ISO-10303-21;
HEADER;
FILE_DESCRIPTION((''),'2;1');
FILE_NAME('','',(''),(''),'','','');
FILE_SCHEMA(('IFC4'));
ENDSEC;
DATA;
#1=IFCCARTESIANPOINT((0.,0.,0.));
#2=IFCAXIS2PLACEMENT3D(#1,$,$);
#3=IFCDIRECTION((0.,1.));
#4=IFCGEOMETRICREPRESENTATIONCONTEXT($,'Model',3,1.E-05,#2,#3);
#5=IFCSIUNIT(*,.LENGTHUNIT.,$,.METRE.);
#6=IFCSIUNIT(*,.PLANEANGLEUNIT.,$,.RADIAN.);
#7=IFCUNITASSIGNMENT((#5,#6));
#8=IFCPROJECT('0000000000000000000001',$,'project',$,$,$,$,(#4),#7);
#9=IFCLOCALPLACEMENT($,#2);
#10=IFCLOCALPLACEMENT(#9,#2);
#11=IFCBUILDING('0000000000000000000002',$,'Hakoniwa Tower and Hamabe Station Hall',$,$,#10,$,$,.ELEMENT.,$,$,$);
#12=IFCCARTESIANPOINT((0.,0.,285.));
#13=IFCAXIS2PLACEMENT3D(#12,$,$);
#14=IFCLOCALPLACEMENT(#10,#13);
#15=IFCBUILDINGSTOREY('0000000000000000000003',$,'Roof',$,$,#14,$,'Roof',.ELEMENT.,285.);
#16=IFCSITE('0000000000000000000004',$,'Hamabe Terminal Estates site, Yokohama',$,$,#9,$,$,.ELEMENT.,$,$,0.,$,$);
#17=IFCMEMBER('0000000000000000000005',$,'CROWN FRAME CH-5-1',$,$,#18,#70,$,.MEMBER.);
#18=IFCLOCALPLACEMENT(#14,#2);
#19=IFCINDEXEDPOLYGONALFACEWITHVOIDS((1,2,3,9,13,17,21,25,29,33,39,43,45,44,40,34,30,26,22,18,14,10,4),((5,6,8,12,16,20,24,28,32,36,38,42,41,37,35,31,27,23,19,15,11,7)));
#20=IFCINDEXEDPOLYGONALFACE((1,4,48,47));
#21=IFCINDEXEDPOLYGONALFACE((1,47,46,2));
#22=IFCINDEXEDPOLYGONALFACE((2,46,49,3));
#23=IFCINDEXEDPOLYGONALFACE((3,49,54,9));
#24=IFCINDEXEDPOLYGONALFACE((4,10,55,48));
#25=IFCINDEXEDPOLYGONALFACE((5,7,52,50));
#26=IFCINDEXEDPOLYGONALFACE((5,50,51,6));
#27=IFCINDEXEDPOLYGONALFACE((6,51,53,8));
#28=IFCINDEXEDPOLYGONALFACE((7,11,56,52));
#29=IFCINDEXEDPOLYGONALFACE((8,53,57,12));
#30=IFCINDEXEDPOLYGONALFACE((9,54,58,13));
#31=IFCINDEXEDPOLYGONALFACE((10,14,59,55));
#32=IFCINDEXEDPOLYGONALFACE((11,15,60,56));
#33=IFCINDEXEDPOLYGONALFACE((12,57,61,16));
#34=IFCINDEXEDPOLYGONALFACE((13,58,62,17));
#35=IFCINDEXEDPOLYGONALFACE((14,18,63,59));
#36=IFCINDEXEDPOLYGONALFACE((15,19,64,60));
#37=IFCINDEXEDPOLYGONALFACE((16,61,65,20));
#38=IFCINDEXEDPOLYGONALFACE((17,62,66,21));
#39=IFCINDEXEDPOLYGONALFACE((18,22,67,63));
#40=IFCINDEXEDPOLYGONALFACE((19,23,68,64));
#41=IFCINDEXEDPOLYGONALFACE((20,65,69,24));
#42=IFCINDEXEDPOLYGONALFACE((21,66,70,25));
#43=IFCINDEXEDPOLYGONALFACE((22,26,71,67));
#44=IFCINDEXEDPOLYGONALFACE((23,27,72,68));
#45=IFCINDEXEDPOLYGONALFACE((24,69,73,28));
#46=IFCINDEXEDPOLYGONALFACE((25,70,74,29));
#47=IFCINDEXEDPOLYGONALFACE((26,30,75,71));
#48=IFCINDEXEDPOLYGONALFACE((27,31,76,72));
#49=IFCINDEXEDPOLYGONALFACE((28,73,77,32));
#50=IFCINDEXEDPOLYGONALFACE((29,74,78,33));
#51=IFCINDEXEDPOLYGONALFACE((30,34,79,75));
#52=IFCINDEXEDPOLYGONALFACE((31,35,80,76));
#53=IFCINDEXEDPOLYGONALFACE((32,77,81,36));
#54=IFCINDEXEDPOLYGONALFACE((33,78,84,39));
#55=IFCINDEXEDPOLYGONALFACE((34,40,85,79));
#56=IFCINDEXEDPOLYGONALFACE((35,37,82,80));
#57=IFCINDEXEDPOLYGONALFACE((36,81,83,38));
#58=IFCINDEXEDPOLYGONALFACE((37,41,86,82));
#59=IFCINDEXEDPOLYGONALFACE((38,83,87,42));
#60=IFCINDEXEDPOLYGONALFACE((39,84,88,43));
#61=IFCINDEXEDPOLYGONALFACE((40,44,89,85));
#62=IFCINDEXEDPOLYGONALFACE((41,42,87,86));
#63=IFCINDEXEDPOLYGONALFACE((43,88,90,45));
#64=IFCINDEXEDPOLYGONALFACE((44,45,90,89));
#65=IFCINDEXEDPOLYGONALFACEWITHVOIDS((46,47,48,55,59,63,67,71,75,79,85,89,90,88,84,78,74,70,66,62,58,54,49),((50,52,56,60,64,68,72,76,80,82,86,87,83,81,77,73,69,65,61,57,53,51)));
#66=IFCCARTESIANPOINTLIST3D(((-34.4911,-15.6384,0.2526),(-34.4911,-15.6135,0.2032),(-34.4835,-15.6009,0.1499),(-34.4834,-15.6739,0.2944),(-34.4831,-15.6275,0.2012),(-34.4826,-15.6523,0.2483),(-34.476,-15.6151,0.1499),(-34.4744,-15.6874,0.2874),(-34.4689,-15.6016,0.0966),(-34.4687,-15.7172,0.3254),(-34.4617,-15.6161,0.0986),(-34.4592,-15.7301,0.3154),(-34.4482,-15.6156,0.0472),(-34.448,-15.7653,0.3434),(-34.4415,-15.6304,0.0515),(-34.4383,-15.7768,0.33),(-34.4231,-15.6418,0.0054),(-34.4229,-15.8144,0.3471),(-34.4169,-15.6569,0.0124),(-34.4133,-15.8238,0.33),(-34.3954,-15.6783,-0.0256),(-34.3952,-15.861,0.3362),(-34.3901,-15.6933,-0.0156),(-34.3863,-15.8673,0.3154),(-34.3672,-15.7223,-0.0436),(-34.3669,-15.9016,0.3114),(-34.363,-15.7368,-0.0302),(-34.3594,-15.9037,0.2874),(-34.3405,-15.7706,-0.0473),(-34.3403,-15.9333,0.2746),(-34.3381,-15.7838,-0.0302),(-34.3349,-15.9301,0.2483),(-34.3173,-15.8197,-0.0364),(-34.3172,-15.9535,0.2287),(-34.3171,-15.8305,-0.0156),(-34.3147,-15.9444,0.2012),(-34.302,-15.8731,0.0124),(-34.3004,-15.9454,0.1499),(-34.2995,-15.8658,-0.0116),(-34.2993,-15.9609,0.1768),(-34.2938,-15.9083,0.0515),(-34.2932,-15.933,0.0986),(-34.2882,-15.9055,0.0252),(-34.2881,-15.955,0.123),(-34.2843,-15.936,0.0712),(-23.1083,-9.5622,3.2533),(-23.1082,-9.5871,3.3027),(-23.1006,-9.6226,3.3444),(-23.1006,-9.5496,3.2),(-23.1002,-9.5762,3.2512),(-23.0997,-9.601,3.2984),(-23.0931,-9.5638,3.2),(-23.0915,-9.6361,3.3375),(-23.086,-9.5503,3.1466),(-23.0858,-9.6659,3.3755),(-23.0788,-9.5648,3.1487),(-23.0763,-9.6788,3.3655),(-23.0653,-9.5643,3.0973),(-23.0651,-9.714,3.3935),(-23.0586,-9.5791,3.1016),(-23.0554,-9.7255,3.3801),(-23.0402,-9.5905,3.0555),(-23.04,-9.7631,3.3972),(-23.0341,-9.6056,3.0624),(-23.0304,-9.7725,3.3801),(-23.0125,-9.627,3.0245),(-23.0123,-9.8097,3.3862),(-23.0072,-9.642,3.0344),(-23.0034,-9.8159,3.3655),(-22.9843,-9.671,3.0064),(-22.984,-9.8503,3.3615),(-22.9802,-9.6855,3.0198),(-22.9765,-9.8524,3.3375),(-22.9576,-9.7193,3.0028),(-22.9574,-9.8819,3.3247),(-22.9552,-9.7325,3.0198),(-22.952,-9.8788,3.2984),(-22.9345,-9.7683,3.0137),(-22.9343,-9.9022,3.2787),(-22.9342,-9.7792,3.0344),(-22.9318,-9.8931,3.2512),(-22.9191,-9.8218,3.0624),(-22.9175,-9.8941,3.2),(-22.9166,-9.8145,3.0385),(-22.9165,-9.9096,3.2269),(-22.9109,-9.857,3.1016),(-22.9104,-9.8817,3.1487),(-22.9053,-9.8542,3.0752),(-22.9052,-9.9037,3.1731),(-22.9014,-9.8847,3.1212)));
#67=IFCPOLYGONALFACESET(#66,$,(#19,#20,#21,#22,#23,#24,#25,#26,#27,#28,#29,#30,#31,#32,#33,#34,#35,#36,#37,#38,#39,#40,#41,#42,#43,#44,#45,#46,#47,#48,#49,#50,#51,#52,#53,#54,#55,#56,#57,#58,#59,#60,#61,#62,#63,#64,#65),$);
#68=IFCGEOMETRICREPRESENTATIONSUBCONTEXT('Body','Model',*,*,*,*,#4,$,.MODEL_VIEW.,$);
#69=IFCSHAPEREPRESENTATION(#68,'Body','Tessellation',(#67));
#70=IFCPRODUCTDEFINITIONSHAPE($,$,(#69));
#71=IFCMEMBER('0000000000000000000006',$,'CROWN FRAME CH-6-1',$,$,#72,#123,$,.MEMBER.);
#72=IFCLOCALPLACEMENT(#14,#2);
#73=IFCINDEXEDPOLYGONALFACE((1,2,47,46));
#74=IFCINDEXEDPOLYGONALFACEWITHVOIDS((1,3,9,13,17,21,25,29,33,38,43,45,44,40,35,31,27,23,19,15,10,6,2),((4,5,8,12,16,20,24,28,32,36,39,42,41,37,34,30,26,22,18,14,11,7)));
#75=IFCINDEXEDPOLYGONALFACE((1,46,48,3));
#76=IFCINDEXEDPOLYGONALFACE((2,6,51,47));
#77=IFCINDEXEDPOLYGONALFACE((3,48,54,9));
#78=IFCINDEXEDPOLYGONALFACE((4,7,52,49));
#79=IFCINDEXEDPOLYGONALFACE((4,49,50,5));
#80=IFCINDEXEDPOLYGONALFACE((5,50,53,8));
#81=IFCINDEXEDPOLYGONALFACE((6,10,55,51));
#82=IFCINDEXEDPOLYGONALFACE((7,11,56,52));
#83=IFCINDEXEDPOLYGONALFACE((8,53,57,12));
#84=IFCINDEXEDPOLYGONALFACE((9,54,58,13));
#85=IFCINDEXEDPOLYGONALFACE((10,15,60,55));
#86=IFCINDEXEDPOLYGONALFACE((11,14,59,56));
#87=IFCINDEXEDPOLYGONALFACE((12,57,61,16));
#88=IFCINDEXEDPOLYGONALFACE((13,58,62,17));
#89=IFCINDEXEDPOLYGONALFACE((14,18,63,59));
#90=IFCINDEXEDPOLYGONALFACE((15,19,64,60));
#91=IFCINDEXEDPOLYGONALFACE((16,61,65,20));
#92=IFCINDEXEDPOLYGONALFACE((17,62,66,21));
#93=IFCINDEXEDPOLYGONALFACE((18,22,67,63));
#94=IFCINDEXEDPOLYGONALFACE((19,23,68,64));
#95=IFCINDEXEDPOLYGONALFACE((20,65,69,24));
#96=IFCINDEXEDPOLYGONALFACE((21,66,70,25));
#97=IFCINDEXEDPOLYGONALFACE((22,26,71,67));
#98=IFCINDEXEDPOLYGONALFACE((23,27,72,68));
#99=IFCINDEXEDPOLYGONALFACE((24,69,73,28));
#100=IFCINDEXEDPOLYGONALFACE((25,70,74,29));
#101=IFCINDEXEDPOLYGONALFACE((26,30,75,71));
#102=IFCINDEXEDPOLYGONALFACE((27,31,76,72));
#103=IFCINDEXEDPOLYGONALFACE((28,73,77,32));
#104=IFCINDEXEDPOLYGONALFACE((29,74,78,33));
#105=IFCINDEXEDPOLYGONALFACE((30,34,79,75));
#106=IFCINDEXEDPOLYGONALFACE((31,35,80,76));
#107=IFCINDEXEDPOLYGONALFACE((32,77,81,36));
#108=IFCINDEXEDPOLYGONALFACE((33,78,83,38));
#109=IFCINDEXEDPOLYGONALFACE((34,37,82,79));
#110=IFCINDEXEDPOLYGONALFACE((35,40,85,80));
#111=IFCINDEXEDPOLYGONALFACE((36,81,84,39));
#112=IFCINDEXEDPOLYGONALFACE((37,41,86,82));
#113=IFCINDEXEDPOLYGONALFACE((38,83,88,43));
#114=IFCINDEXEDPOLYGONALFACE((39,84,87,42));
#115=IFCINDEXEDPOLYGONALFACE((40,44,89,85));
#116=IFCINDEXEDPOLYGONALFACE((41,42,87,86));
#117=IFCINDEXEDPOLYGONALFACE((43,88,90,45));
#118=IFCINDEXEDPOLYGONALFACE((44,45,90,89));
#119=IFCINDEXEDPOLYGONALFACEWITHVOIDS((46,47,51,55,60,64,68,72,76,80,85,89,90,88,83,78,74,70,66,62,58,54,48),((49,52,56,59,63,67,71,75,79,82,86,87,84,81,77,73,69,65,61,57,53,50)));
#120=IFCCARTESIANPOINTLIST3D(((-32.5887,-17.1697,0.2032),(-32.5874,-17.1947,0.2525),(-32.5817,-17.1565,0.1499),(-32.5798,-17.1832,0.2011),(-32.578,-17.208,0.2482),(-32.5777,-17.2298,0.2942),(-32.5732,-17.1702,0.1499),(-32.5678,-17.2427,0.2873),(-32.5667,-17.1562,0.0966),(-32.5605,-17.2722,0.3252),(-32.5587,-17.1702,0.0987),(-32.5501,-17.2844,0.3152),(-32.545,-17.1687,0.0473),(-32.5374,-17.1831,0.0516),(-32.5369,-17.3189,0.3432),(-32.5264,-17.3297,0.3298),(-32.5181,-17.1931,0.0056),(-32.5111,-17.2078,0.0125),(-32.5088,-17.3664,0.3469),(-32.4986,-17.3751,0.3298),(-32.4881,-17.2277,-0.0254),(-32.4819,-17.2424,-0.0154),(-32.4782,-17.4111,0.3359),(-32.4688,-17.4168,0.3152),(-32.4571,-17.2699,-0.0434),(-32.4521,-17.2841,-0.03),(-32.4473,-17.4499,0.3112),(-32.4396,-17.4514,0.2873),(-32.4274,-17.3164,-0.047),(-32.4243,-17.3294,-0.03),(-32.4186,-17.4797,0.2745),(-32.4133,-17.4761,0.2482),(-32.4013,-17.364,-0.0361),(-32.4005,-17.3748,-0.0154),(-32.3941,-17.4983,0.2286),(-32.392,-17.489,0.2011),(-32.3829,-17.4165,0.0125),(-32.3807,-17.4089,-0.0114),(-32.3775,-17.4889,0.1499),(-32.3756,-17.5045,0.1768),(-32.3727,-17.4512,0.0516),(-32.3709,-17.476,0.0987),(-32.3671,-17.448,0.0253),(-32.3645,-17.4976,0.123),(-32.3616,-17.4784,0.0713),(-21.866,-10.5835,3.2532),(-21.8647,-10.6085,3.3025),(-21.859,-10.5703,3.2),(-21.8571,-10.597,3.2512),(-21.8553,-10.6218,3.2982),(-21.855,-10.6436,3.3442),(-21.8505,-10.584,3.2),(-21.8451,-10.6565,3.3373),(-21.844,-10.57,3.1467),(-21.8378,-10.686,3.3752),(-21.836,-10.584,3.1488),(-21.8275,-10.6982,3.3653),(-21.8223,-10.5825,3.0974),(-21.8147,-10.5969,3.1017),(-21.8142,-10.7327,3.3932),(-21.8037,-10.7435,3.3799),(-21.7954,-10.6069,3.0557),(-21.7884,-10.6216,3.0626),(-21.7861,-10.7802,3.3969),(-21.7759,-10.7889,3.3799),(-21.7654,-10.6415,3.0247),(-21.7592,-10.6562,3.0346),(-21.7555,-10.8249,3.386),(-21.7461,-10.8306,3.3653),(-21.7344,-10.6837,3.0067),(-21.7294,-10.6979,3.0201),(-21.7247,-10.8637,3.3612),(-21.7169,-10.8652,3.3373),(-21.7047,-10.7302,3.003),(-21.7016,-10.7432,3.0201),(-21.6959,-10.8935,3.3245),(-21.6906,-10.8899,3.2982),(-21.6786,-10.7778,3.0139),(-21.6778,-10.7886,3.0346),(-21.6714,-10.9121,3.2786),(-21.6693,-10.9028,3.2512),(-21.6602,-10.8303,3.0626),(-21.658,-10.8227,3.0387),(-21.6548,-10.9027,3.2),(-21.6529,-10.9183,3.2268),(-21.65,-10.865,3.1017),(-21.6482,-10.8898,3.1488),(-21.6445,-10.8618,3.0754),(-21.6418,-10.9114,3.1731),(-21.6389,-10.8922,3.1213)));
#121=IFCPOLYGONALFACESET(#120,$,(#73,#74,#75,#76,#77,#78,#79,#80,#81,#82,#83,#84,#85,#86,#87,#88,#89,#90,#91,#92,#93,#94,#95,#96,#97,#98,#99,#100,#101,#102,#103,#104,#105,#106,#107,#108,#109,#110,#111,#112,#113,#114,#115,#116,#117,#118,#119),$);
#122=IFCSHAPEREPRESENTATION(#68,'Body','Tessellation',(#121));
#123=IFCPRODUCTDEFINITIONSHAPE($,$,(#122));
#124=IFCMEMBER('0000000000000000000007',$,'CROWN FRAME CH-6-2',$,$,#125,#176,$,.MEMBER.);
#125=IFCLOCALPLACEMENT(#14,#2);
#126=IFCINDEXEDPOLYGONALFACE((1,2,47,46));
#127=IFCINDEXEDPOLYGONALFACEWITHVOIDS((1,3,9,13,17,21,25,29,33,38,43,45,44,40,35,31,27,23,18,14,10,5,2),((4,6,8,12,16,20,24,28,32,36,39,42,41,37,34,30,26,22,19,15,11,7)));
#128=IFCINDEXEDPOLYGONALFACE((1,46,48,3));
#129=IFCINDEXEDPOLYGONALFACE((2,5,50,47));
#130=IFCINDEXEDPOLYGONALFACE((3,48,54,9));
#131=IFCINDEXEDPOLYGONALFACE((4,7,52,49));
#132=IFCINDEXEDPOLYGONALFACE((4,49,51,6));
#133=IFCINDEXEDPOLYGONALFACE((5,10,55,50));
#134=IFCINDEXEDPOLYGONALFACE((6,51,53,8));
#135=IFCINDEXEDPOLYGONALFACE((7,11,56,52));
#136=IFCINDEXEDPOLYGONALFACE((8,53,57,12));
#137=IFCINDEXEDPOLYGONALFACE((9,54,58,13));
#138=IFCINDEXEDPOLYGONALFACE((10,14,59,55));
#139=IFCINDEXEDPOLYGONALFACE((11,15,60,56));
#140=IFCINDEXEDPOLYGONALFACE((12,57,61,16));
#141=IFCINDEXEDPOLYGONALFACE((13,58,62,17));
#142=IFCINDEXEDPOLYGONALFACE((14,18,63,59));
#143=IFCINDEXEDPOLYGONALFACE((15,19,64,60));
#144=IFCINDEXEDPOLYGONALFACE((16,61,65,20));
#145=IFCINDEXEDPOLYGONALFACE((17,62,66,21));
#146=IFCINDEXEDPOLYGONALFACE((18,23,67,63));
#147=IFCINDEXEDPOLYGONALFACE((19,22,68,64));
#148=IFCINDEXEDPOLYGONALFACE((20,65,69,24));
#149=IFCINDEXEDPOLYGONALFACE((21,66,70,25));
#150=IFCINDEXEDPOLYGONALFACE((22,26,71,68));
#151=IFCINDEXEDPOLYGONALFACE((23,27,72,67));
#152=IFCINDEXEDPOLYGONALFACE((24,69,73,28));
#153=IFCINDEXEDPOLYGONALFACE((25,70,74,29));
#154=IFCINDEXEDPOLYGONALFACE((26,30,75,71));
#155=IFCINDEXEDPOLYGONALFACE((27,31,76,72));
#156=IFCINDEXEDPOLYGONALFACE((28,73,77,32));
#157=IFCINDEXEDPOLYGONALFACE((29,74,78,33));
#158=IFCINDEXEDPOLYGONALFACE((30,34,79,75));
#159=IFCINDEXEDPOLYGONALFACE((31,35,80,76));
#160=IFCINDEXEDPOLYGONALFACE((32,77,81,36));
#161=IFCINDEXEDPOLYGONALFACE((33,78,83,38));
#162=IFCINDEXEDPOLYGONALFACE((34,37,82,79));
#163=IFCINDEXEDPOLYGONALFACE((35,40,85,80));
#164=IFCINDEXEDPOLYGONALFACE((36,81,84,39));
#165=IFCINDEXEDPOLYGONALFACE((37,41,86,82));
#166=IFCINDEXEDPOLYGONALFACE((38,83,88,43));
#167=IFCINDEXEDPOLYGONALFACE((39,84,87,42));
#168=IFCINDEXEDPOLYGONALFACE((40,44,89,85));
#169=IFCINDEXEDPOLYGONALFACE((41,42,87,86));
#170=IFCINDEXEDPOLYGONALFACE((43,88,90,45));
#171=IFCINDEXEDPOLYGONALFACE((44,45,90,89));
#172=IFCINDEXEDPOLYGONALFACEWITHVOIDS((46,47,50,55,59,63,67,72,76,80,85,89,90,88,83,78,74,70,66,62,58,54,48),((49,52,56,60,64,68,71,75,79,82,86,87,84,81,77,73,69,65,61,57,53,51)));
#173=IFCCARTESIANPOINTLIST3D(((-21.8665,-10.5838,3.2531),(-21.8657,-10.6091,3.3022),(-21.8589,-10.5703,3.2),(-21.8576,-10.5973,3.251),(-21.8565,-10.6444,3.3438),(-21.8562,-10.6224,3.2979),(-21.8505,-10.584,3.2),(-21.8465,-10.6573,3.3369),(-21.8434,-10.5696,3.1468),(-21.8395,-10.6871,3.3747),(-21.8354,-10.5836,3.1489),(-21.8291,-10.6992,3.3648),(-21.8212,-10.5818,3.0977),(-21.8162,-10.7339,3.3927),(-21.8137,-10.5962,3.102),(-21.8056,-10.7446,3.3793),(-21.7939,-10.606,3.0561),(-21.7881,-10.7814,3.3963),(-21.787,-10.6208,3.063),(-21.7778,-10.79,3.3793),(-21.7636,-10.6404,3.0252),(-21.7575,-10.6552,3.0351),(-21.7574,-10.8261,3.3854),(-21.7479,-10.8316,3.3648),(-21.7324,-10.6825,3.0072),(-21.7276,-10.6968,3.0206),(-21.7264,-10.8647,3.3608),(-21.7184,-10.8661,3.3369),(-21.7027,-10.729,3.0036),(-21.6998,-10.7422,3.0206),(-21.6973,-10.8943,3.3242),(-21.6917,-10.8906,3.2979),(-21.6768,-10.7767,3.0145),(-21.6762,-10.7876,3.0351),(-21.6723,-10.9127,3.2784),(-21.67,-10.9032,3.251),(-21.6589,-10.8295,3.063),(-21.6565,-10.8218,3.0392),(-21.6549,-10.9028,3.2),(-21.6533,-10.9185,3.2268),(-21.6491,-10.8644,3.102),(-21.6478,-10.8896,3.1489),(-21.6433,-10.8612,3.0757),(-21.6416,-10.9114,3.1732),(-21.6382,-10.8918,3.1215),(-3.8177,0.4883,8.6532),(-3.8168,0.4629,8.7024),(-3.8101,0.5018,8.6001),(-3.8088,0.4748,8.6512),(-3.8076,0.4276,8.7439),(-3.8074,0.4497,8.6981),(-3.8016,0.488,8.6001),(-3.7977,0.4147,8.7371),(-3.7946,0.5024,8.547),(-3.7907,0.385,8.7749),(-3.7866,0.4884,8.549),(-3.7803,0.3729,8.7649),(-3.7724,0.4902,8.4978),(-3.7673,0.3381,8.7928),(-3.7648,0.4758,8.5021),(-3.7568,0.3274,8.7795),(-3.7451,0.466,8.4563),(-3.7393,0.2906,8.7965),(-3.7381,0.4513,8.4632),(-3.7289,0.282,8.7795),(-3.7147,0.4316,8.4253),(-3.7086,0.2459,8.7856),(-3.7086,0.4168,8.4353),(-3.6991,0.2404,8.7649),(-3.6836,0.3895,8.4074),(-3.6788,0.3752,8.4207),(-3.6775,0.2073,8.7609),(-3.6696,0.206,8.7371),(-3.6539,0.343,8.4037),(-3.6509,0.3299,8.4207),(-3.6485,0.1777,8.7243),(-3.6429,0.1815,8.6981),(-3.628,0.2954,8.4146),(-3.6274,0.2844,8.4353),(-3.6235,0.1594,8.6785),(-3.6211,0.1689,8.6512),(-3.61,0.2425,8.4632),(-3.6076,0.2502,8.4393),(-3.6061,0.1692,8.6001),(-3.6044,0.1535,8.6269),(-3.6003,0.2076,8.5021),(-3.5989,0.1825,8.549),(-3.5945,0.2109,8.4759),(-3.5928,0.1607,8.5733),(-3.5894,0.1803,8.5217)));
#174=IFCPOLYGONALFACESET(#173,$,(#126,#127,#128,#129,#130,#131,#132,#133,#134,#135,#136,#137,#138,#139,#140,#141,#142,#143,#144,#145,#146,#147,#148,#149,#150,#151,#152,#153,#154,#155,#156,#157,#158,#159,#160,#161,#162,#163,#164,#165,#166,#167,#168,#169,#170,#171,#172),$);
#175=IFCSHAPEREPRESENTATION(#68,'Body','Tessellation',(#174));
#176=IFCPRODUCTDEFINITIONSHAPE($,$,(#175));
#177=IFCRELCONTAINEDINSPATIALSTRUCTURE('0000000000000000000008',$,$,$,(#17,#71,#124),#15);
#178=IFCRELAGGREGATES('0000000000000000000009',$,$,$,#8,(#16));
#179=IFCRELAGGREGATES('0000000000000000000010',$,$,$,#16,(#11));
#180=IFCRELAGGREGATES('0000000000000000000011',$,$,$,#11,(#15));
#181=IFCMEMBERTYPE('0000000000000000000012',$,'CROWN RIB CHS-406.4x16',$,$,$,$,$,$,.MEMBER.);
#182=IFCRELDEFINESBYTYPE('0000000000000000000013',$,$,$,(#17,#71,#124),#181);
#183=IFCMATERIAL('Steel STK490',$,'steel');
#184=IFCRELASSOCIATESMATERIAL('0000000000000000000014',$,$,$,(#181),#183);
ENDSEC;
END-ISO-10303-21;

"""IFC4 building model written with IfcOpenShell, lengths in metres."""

from ifc_helpers import new_model, si_unit, direction, frame, origin, origin_2d, place, context, subcontext, project, spatial, hollow_circle, extrude, material, material_profile, profile_set, type_object, element, save


model = new_model("IFC4")

# Units and contexts
model_context = context("Model", 3, precision=1e-05, world=origin(), true_north=direction((0.0, 1.0)))
body_context = subcontext(model_context, "Body", "Model", "MODEL_VIEW")
ifc_project = project(units=[si_unit("LENGTHUNIT", "METRE"), si_unit("PLANEANGLEUNIT", "RADIAN")], contexts=[model_context])

# Site, building, storey
site_placement = place(None, origin())
site = spatial("IfcSite", under=ifc_project, at=site_placement, Name="Hamabe Terminal Estates site, Yokohama", CompositionType="ELEMENT", RefElevation=0.0)
building_placement = place(site_placement, origin())
building = spatial("IfcBuilding", under=site, at=building_placement, Name="Hakoniwa Tower and Hamabe Station Hall", CompositionType="ELEMENT")
storey_placement = place(building_placement, frame((0.0, 0.0, 285.0)))
storey = spatial("IfcBuildingStorey", under=building, at=storey_placement, Name="Roof", LongName="Roof", CompositionType="ELEMENT", Elevation=285.0)

# Members
ifc_material_1 = material(Name="Steel STK490", Category="steel")
ifc_material_profile_1 = material_profile(ifc_material_1, hollow_circle(Radius=0.2031, WallThickness=0.0161, at=origin_2d()), Name="CHS-406.4x16")
ifc_profile_set_1 = profile_set([ifc_material_profile_1], Name="Steel STK490")
member_type_1 = type_object("IfcMemberType", Name="CROWN RIB CHS-406.4x16", PredefinedType="MEMBER", material=ifc_profile_set_1)
member_1_placement = place(storey_placement, frame((-34.3882, -15.7803, 0.1499), z_axis=(0.85926, 0.456795, 0.230241), x_axis=(-0.469406, 0.882982, 0.0)))
element("IfcMember", 1, at=member_1_placement, inside=storey, type_object=member_type_1, Name="CROWN FRAME CH-5-1", PredefinedType="MEMBER", context=body_context, shape_type="SweptSolid", body=[
    extrude(hollow_circle(Radius=0.2031, WallThickness=0.0161, at=origin_2d()), origin(), (0.0, 0.0, 1.0), 13.2473),
])
member_2_placement = place(storey_placement, frame((-32.4753, -17.3296, 0.1499), z_axis=(0.828119, 0.508656, 0.235558), x_axis=(-0.523384, 0.852097, 0.0)))
element("IfcMember", 2, at=member_2_placement, inside=storey, type_object=member_type_1, Name="CROWN FRAME CH-6-1", PredefinedType="MEMBER", context=body_context, shape_type="SweptSolid", body=[
    extrude(hollow_circle(Radius=0.2031, WallThickness=0.0161, at=origin_2d()), origin(), (0.0, 0.0, 1.0), 12.9482),
])
member_3_placement = place(storey_placement, frame((-21.7527, -10.7434, 3.2), z_axis=(0.825956, 0.506681, 0.247123), x_axis=(-0.5229, 0.852394, 0.0)))
element("IfcMember", 3, at=member_3_placement, inside=storey, type_object=member_type_1, Name="CROWN FRAME CH-6-2", PredefinedType="MEMBER", context=body_context, shape_type="SweptSolid", body=[
    extrude(hollow_circle(Radius=0.2031, WallThickness=0.0161, at=origin_2d()), origin(), (0.0, 0.0, 1.0), 21.8521),
])

save(model, "model.ifc")
